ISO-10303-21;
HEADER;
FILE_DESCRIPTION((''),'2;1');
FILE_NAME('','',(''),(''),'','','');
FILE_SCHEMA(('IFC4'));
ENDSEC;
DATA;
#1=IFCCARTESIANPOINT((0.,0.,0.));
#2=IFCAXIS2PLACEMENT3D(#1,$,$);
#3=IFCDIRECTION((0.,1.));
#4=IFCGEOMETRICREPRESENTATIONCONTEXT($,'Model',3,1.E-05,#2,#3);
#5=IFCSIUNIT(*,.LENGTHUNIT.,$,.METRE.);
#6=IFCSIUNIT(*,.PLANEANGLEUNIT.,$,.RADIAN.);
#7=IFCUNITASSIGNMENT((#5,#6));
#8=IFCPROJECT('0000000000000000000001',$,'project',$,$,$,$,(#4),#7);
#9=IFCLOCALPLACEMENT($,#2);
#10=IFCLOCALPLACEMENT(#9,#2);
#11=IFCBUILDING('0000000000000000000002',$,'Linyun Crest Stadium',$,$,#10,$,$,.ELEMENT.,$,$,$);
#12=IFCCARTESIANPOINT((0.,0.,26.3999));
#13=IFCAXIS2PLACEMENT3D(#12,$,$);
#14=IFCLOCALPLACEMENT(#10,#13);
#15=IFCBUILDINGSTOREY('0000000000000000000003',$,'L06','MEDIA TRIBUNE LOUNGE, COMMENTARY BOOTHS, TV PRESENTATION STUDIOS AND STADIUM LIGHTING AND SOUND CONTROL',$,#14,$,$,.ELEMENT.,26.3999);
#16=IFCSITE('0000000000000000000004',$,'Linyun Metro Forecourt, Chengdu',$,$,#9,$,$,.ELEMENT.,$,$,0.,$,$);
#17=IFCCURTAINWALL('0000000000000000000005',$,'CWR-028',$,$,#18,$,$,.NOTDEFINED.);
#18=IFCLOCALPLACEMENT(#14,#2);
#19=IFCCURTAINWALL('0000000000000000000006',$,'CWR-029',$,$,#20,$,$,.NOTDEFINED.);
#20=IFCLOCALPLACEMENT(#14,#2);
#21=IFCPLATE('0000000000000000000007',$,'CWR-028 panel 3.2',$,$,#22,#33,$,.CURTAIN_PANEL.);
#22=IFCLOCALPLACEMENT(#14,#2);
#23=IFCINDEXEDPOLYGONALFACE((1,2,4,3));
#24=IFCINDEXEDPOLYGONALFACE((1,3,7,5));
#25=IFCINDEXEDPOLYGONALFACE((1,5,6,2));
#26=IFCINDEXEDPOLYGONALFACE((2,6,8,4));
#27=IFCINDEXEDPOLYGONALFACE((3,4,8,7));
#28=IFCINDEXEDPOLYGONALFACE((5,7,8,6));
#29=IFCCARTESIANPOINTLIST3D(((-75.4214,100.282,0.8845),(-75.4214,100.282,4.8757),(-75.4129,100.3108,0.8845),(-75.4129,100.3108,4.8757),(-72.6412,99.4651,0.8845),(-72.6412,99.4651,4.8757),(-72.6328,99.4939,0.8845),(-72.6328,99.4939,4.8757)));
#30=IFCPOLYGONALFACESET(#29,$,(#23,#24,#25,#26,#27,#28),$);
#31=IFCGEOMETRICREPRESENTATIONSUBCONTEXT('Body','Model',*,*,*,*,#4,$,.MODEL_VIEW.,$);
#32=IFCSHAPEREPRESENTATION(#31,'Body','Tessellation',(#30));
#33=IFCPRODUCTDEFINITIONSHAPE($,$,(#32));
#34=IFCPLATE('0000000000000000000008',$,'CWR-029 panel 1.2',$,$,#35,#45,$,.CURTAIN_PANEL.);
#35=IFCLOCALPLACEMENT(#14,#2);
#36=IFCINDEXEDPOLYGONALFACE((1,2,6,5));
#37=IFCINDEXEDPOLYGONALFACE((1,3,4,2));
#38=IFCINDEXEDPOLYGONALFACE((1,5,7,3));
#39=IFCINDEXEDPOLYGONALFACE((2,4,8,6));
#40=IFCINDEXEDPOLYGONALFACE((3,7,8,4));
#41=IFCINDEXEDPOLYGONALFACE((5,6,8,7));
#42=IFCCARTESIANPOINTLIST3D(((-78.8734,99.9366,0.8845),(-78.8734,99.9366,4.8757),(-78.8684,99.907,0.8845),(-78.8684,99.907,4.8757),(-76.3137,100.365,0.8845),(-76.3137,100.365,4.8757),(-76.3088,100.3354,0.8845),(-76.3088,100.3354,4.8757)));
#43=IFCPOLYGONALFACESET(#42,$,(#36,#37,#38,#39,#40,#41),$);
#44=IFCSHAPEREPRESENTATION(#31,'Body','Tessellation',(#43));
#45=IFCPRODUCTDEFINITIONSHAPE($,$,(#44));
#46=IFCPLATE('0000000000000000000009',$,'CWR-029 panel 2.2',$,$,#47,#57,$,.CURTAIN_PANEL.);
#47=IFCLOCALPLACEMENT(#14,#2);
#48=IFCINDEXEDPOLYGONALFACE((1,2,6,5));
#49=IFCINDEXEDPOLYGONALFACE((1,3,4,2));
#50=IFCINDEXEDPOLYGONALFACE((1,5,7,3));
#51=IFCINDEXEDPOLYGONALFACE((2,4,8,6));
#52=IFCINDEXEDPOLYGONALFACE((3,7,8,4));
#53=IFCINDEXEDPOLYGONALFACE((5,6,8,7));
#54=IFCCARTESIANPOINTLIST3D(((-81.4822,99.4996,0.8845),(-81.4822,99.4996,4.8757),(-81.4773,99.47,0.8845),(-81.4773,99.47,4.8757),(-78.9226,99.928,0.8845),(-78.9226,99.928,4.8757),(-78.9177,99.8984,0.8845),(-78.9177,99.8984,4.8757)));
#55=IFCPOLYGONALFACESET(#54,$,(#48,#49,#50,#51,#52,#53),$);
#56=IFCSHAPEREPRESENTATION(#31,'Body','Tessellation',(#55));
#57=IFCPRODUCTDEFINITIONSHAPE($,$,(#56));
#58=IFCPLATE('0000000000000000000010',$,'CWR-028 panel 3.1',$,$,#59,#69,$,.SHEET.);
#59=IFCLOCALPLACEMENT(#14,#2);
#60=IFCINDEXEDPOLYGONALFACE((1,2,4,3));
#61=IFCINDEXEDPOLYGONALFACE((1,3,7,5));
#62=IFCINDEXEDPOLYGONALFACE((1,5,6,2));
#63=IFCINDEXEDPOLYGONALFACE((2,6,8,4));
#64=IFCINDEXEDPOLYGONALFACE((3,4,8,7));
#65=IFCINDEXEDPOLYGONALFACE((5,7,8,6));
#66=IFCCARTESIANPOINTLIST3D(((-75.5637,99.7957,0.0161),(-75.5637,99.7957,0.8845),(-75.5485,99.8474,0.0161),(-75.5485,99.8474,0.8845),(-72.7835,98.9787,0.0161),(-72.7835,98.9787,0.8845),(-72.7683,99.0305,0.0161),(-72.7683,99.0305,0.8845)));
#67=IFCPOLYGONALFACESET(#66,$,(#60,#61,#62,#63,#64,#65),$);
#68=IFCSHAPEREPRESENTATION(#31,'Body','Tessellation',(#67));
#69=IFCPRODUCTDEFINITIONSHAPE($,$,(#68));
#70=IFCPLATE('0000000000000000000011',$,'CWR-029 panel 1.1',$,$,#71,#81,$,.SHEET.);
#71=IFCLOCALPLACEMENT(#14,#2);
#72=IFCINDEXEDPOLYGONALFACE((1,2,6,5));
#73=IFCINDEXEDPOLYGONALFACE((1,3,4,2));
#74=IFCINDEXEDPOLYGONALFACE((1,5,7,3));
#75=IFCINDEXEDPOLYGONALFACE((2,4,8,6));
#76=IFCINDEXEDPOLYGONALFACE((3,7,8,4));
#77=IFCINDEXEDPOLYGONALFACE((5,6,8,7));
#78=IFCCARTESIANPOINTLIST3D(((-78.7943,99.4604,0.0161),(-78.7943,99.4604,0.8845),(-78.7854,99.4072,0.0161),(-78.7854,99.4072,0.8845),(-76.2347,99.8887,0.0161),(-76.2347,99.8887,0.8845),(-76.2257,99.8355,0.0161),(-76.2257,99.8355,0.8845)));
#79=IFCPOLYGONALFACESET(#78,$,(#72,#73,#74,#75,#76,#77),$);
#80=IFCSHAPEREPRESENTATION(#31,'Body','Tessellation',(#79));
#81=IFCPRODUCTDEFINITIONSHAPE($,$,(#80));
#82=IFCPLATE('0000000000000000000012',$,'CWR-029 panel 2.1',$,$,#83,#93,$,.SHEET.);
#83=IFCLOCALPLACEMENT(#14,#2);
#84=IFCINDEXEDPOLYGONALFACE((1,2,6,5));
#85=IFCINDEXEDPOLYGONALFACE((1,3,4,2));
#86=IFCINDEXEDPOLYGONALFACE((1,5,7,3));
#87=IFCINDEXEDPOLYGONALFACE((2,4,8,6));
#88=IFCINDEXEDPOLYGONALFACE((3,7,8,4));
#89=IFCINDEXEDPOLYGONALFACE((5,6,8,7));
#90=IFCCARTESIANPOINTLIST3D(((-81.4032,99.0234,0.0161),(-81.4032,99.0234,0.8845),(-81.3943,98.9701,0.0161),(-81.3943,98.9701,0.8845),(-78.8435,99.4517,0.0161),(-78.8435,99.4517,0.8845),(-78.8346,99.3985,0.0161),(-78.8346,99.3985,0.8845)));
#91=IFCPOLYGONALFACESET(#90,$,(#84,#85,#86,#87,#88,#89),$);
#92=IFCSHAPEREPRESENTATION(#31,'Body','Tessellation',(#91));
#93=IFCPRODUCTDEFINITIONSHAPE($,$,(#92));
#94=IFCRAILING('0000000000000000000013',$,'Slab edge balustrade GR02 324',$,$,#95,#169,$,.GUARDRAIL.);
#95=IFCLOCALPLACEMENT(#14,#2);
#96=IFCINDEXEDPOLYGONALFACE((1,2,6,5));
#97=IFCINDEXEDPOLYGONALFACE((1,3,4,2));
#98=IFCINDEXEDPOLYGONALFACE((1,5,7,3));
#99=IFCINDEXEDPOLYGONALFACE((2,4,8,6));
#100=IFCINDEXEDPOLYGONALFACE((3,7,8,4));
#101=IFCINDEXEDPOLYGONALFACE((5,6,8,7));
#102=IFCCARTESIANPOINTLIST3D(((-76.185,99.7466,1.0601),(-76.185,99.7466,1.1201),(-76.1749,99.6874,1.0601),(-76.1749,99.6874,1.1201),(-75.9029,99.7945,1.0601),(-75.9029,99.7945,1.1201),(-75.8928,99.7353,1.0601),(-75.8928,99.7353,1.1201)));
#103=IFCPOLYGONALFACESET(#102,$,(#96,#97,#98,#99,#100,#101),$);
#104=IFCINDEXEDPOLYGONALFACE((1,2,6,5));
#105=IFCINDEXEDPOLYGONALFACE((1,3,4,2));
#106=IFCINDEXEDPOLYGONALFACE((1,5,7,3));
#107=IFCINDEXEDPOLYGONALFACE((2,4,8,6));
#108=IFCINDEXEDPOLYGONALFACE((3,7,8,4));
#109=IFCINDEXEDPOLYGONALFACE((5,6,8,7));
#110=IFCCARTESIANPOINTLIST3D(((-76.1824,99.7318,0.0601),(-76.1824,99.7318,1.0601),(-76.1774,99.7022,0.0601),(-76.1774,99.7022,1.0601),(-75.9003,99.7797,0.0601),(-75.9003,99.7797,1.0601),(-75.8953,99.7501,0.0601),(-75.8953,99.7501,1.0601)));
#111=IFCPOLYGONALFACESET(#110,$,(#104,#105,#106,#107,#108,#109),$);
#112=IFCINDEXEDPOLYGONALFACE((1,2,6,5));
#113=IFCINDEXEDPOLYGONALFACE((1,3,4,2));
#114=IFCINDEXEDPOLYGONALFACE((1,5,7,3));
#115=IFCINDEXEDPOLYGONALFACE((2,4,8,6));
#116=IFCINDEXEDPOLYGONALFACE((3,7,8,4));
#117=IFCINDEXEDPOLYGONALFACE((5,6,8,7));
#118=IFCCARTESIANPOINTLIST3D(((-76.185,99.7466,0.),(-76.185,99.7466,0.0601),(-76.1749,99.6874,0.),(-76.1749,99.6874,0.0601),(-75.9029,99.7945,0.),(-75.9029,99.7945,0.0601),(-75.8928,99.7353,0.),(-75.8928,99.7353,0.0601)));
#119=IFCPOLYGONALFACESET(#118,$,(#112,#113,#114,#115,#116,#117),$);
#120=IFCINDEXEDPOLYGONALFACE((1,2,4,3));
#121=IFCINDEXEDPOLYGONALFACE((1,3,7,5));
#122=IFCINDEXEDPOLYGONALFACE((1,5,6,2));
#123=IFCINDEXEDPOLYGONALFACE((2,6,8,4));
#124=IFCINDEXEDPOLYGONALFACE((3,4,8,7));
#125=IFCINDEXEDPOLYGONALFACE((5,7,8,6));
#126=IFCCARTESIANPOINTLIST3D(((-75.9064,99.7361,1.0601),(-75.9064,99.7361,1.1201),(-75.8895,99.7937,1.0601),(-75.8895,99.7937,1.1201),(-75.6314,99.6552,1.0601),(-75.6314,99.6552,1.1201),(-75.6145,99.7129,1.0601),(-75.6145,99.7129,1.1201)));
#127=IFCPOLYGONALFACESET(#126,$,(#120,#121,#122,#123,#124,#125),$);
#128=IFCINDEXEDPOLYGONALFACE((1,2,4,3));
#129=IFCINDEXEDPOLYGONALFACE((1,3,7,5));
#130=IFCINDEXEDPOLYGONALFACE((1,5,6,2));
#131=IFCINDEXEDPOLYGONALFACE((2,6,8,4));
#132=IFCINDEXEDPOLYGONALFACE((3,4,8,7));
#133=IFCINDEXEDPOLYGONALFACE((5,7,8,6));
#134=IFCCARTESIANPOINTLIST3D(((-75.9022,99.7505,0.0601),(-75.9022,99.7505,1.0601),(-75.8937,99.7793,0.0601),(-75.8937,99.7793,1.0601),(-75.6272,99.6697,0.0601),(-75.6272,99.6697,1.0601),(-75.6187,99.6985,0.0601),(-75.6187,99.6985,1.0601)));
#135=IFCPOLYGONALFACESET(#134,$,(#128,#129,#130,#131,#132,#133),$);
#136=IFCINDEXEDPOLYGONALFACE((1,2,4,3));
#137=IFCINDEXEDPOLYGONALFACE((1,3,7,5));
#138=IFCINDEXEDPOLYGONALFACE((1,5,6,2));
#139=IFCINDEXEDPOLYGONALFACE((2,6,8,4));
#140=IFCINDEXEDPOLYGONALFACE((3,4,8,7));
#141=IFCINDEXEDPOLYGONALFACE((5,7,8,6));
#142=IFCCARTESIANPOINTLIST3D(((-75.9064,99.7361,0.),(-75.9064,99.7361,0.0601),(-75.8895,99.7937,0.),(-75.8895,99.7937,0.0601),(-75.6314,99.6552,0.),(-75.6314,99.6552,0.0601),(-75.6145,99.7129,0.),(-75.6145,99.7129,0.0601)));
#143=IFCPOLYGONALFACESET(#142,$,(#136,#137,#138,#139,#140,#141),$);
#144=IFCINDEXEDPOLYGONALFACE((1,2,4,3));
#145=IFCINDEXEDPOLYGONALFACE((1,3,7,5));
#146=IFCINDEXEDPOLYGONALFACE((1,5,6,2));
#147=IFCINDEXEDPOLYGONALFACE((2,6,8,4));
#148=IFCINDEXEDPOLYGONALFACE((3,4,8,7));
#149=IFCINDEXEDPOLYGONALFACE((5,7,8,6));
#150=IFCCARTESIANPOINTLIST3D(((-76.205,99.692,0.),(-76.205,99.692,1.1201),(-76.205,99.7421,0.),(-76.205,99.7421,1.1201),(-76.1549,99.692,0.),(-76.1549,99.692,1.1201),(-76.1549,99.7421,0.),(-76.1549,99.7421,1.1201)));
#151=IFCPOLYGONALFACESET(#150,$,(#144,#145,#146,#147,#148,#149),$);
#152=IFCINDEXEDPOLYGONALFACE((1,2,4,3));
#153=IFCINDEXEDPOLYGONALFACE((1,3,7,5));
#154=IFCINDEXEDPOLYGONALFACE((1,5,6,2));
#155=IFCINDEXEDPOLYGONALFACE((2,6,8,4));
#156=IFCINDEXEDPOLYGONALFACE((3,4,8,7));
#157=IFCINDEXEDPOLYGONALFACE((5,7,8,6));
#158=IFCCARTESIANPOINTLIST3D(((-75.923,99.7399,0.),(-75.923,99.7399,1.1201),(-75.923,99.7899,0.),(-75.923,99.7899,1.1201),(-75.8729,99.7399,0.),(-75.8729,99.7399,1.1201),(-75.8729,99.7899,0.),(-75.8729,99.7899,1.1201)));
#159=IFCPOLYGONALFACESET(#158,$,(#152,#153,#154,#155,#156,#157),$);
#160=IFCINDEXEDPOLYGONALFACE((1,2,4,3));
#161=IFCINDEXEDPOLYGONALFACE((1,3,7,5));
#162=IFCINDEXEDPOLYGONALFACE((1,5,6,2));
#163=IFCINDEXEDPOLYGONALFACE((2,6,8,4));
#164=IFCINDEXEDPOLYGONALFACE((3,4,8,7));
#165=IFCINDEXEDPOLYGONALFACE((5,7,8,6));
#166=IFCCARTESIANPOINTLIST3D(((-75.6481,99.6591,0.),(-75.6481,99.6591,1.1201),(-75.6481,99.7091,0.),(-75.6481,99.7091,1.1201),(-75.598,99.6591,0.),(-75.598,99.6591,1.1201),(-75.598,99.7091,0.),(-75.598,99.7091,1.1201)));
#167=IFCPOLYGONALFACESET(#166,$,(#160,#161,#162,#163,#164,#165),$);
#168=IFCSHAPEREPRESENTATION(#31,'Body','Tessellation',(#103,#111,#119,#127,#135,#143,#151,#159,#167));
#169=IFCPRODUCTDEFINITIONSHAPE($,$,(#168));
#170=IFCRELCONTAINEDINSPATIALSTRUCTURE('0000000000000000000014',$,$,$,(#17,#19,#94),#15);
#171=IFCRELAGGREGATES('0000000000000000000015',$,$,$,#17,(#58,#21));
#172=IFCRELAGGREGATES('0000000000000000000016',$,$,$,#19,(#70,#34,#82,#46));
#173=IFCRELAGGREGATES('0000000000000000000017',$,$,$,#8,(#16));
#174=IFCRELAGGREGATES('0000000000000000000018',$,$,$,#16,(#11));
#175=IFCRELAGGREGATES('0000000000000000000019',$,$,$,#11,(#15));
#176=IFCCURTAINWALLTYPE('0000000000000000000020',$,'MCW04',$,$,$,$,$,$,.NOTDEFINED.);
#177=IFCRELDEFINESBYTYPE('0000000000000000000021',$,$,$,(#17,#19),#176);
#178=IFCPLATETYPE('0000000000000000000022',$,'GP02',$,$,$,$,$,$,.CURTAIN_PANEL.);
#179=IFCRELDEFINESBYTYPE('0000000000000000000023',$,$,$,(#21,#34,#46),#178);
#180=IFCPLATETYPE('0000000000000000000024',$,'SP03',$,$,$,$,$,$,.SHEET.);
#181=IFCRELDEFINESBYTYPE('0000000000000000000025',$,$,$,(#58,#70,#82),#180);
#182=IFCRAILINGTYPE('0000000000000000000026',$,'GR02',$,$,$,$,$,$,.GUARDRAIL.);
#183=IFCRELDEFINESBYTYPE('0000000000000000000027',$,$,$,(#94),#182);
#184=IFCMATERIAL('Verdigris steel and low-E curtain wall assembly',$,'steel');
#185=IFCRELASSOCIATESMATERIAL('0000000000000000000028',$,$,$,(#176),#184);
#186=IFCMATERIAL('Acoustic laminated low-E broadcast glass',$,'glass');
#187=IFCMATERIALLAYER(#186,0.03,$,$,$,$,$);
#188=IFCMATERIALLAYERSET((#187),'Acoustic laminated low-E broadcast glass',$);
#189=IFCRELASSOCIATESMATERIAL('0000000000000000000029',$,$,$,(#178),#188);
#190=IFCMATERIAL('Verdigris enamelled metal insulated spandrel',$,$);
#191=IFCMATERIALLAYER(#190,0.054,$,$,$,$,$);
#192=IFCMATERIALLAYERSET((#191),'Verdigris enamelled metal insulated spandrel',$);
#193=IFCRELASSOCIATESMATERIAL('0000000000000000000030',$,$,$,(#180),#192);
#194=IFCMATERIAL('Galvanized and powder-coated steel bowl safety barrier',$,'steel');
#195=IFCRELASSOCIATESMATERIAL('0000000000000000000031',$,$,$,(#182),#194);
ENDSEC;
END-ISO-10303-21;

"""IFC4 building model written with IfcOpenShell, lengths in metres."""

from ifc_helpers import new_model, si_unit, direction, frame, origin, origin_2d, place, context, subcontext, project, spatial, rectangle, extrude, material, layer, layer_set, type_object, element, aggregate, save


model = new_model("IFC4")

# Units and contexts
model_context = context("Model", 3, precision=1e-05, world=origin(), true_north=direction((0.0, 1.0)))
body_context = subcontext(model_context, "Body", "Model", "MODEL_VIEW")
ifc_project = project(units=[si_unit("LENGTHUNIT", "METRE"), si_unit("PLANEANGLEUNIT", "RADIAN")], contexts=[model_context])

# Site, building, storey
site_placement = place(None, origin())
site = spatial("IfcSite", under=ifc_project, at=site_placement, Name="Linyun Metro Forecourt, Chengdu", CompositionType="ELEMENT", RefElevation=0.0)
building_placement = place(site_placement, origin())
building = spatial("IfcBuilding", under=site, at=building_placement, Name="Linyun Crest Stadium", CompositionType="ELEMENT")
storey_placement = place(building_placement, frame((0.0, 0.0, 26.3999)))
storey = spatial("IfcBuildingStorey", under=building, at=storey_placement, Name="L06", Description="MEDIA TRIBUNE LOUNGE, COMMENTARY BOOTHS, TV PRESENTATION STUDIOS AND STADIUM LIGHTING AND SOUND CONTROL", CompositionType="ELEMENT", Elevation=26.3999)

# Curtain walls
ifc_material_1 = material(Name="Verdigris steel and low-E curtain wall assembly", Category="steel")
curtain_wall_type = type_object("IfcCurtainWallType", Name="MCW04", PredefinedType="NOTDEFINED", material=ifc_material_1)
curtain_wall_1_placement = place(storey_placement, origin())
curtain_wall_1 = element("IfcCurtainWall", 1, at=curtain_wall_1_placement, inside=storey, type_object=curtain_wall_type, Name="CWR-028", PredefinedType="NOTDEFINED")
curtain_wall_2_placement = place(storey_placement, origin())
curtain_wall_2 = element("IfcCurtainWall", 2, at=curtain_wall_2_placement, inside=storey, type_object=curtain_wall_type, Name="CWR-029", PredefinedType="NOTDEFINED")

# Plates
ifc_material_2 = material(Name="Acoustic laminated low-E broadcast glass", Category="glass")
ifc_layer_1 = layer(ifc_material_2, 0.03)
ifc_layer_set_1 = layer_set([ifc_layer_1], Name="Acoustic laminated low-E broadcast glass")
plate_type_1 = type_object("IfcPlateType", Name="GP02", PredefinedType="CURTAIN_PANEL", material=ifc_layer_set_1)
plate_1_placement = place(storey_placement, frame((-74.0271, 99.8879, 0.8845), z_axis=(0.0, 0.0, 1.0), x_axis=(-0.959437, 0.281923, 0.0)))
plate_1 = element("IfcPlate", 3, at=plate_1_placement, type_object=plate_type_1, Name="CWR-028 panel 3.2", PredefinedType="CURTAIN_PANEL", context=body_context, shape_type="SweptSolid", body=[
    extrude(rectangle(XDim=2.8977, YDim=0.03, at=origin_2d()), origin(), (0.0, 0.0, 1.0), 3.9912),
])
plate_2_placement = place(storey_placement, frame((-77.5911, 100.136, 0.8845), z_axis=(0.0, 0.0, 1.0), x_axis=(-0.986283, -0.165065, 0.0)))
plate_2 = element("IfcPlate", 4, at=plate_2_placement, type_object=plate_type_1, Name="CWR-029 panel 1.2", PredefinedType="CURTAIN_PANEL", context=body_context, shape_type="SweptSolid", body=[
    extrude(rectangle(XDim=2.5952, YDim=0.03, at=origin_2d()), origin(), (0.0, 0.0, 1.0), 3.9912),
])
plate_3_placement = place(storey_placement, frame((-80.2, 99.699, 0.8845), z_axis=(0.0, 0.0, 1.0), x_axis=(-0.986283, -0.165065, 0.0)))
plate_3 = element("IfcPlate", 5, at=plate_3_placement, type_object=plate_type_1, Name="CWR-029 panel 2.2", PredefinedType="CURTAIN_PANEL", context=body_context, shape_type="SweptSolid", body=[
    extrude(rectangle(XDim=2.5952, YDim=0.03, at=origin_2d()), origin(), (0.0, 0.0, 1.0), 3.9912),
])
ifc_material_3 = material(Name="Verdigris enamelled metal insulated spandrel")
ifc_layer_2 = layer(ifc_material_3, 0.054)
ifc_layer_set_2 = layer_set([ifc_layer_2], Name="Verdigris enamelled metal insulated spandrel")
plate_type_2 = type_object("IfcPlateType", Name="SP03", PredefinedType="SHEET", material=ifc_layer_set_2)
plate_4_placement = place(storey_placement, frame((-74.166, 99.4131, 0.0161), z_axis=(0.0, 0.0, 1.0), x_axis=(-0.959437, 0.281923, 0.0)))
plate_4 = element("IfcPlate", 6, at=plate_4_placement, type_object=plate_type_2, Name="CWR-028 panel 3.1", PredefinedType="SHEET", context=body_context, shape_type="SweptSolid", body=[
    extrude(rectangle(XDim=2.8977, YDim=0.054, at=origin_2d()), origin(), (0.0, 0.0, 1.0), 0.8684),
])
aggregate(curtain_wall_1, [plate_4, plate_1])
plate_5_placement = place(storey_placement, frame((-77.51, 99.6479, 0.0161), z_axis=(0.0, 0.0, 1.0), x_axis=(-0.986283, -0.165065, 0.0)))
plate_5 = element("IfcPlate", 7, at=plate_5_placement, type_object=plate_type_2, Name="CWR-029 panel 1.1", PredefinedType="SHEET", context=body_context, shape_type="SweptSolid", body=[
    extrude(rectangle(XDim=2.5952, YDim=0.054, at=origin_2d()), origin(), (0.0, 0.0, 1.0), 0.8684),
])
plate_6_placement = place(storey_placement, frame((-80.1189, 99.2109, 0.0161), z_axis=(0.0, 0.0, 1.0), x_axis=(-0.986283, -0.165065, 0.0)))
plate_6 = element("IfcPlate", 8, at=plate_6_placement, type_object=plate_type_2, Name="CWR-029 panel 2.1", PredefinedType="SHEET", context=body_context, shape_type="SweptSolid", body=[
    extrude(rectangle(XDim=2.5952, YDim=0.054, at=origin_2d()), origin(), (0.0, 0.0, 1.0), 0.8684),
])
aggregate(curtain_wall_2, [plate_5, plate_2, plate_6, plate_3])

# Railing
ifc_material_4 = material(Name="Galvanized and powder-coated steel bowl safety barrier", Category="steel")
railing_type = type_object("IfcRailingType", Name="GR02", PredefinedType="GUARDRAIL", material=ifc_material_4)
railing_placement = place(storey_placement, frame((-76.1799, 99.717, 0.0)))
element("IfcRailing", 9, at=railing_placement, inside=storey, type_object=railing_type, Name="Slab edge balustrade GR02 324", PredefinedType="GUARDRAIL", context=body_context, shape_type="SweptSolid", body=[
    extrude(rectangle(XDim=0.0601, YDim=0.0601, at=origin_2d()), frame((0.0, 0.0, 1.0901), z_axis=(0.985905, 0.167305, 0.0), x_axis=(-0.167305, 0.985905, 0.0)), (0.0, 0.0, 1.0), 0.2861),
    extrude(rectangle(XDim=0.03, YDim=1.0, at=origin_2d()), frame((0.0, 0.0, 0.5601), z_axis=(0.985905, 0.167305, 0.0), x_axis=(-0.167305, 0.985905, 0.0)), (0.0, 0.0, 1.0), 0.2861),
    extrude(rectangle(XDim=0.0601, YDim=0.0601, at=origin_2d()), frame((0.0, 0.0, 0.03), z_axis=(0.985905, 0.167305, 0.0), x_axis=(-0.167305, 0.985905, 0.0)), (0.0, 0.0, 1.0), 0.2861),
    extrude(rectangle(XDim=0.0601, YDim=0.0601, at=origin_2d()), frame((0.282, 0.0479, 1.0901), z_axis=(0.959406, -0.282028, 0.0), x_axis=(0.282028, 0.959406, 0.0)), (0.0, 0.0, 1.0), 0.2866),
    extrude(rectangle(XDim=0.03, YDim=1.0, at=origin_2d()), frame((0.282, 0.0479, 0.5601), z_axis=(0.959406, -0.282028, 0.0), x_axis=(0.282028, 0.959406, 0.0)), (0.0, 0.0, 1.0), 0.2866),
    extrude(rectangle(XDim=0.0601, YDim=0.0601, at=origin_2d()), frame((0.282, 0.0479, 0.03), z_axis=(0.959406, -0.282028, 0.0), x_axis=(0.282028, 0.959406, 0.0)), (0.0, 0.0, 1.0), 0.2866),
    extrude(rectangle(XDim=0.05, YDim=0.05, at=origin_2d()), origin(), (0.0, 0.0, 1.0), 1.1201),
    extrude(rectangle(XDim=0.05, YDim=0.05, at=origin_2d()), frame((0.282, 0.0479, 0.0)), (0.0, 0.0, 1.0), 1.1201),
    extrude(rectangle(XDim=0.05, YDim=0.05, at=origin_2d()), frame((0.5569, -0.033, 0.0)), (0.0, 0.0, 1.0), 1.1201),
])

save(model, "model.ifc")
